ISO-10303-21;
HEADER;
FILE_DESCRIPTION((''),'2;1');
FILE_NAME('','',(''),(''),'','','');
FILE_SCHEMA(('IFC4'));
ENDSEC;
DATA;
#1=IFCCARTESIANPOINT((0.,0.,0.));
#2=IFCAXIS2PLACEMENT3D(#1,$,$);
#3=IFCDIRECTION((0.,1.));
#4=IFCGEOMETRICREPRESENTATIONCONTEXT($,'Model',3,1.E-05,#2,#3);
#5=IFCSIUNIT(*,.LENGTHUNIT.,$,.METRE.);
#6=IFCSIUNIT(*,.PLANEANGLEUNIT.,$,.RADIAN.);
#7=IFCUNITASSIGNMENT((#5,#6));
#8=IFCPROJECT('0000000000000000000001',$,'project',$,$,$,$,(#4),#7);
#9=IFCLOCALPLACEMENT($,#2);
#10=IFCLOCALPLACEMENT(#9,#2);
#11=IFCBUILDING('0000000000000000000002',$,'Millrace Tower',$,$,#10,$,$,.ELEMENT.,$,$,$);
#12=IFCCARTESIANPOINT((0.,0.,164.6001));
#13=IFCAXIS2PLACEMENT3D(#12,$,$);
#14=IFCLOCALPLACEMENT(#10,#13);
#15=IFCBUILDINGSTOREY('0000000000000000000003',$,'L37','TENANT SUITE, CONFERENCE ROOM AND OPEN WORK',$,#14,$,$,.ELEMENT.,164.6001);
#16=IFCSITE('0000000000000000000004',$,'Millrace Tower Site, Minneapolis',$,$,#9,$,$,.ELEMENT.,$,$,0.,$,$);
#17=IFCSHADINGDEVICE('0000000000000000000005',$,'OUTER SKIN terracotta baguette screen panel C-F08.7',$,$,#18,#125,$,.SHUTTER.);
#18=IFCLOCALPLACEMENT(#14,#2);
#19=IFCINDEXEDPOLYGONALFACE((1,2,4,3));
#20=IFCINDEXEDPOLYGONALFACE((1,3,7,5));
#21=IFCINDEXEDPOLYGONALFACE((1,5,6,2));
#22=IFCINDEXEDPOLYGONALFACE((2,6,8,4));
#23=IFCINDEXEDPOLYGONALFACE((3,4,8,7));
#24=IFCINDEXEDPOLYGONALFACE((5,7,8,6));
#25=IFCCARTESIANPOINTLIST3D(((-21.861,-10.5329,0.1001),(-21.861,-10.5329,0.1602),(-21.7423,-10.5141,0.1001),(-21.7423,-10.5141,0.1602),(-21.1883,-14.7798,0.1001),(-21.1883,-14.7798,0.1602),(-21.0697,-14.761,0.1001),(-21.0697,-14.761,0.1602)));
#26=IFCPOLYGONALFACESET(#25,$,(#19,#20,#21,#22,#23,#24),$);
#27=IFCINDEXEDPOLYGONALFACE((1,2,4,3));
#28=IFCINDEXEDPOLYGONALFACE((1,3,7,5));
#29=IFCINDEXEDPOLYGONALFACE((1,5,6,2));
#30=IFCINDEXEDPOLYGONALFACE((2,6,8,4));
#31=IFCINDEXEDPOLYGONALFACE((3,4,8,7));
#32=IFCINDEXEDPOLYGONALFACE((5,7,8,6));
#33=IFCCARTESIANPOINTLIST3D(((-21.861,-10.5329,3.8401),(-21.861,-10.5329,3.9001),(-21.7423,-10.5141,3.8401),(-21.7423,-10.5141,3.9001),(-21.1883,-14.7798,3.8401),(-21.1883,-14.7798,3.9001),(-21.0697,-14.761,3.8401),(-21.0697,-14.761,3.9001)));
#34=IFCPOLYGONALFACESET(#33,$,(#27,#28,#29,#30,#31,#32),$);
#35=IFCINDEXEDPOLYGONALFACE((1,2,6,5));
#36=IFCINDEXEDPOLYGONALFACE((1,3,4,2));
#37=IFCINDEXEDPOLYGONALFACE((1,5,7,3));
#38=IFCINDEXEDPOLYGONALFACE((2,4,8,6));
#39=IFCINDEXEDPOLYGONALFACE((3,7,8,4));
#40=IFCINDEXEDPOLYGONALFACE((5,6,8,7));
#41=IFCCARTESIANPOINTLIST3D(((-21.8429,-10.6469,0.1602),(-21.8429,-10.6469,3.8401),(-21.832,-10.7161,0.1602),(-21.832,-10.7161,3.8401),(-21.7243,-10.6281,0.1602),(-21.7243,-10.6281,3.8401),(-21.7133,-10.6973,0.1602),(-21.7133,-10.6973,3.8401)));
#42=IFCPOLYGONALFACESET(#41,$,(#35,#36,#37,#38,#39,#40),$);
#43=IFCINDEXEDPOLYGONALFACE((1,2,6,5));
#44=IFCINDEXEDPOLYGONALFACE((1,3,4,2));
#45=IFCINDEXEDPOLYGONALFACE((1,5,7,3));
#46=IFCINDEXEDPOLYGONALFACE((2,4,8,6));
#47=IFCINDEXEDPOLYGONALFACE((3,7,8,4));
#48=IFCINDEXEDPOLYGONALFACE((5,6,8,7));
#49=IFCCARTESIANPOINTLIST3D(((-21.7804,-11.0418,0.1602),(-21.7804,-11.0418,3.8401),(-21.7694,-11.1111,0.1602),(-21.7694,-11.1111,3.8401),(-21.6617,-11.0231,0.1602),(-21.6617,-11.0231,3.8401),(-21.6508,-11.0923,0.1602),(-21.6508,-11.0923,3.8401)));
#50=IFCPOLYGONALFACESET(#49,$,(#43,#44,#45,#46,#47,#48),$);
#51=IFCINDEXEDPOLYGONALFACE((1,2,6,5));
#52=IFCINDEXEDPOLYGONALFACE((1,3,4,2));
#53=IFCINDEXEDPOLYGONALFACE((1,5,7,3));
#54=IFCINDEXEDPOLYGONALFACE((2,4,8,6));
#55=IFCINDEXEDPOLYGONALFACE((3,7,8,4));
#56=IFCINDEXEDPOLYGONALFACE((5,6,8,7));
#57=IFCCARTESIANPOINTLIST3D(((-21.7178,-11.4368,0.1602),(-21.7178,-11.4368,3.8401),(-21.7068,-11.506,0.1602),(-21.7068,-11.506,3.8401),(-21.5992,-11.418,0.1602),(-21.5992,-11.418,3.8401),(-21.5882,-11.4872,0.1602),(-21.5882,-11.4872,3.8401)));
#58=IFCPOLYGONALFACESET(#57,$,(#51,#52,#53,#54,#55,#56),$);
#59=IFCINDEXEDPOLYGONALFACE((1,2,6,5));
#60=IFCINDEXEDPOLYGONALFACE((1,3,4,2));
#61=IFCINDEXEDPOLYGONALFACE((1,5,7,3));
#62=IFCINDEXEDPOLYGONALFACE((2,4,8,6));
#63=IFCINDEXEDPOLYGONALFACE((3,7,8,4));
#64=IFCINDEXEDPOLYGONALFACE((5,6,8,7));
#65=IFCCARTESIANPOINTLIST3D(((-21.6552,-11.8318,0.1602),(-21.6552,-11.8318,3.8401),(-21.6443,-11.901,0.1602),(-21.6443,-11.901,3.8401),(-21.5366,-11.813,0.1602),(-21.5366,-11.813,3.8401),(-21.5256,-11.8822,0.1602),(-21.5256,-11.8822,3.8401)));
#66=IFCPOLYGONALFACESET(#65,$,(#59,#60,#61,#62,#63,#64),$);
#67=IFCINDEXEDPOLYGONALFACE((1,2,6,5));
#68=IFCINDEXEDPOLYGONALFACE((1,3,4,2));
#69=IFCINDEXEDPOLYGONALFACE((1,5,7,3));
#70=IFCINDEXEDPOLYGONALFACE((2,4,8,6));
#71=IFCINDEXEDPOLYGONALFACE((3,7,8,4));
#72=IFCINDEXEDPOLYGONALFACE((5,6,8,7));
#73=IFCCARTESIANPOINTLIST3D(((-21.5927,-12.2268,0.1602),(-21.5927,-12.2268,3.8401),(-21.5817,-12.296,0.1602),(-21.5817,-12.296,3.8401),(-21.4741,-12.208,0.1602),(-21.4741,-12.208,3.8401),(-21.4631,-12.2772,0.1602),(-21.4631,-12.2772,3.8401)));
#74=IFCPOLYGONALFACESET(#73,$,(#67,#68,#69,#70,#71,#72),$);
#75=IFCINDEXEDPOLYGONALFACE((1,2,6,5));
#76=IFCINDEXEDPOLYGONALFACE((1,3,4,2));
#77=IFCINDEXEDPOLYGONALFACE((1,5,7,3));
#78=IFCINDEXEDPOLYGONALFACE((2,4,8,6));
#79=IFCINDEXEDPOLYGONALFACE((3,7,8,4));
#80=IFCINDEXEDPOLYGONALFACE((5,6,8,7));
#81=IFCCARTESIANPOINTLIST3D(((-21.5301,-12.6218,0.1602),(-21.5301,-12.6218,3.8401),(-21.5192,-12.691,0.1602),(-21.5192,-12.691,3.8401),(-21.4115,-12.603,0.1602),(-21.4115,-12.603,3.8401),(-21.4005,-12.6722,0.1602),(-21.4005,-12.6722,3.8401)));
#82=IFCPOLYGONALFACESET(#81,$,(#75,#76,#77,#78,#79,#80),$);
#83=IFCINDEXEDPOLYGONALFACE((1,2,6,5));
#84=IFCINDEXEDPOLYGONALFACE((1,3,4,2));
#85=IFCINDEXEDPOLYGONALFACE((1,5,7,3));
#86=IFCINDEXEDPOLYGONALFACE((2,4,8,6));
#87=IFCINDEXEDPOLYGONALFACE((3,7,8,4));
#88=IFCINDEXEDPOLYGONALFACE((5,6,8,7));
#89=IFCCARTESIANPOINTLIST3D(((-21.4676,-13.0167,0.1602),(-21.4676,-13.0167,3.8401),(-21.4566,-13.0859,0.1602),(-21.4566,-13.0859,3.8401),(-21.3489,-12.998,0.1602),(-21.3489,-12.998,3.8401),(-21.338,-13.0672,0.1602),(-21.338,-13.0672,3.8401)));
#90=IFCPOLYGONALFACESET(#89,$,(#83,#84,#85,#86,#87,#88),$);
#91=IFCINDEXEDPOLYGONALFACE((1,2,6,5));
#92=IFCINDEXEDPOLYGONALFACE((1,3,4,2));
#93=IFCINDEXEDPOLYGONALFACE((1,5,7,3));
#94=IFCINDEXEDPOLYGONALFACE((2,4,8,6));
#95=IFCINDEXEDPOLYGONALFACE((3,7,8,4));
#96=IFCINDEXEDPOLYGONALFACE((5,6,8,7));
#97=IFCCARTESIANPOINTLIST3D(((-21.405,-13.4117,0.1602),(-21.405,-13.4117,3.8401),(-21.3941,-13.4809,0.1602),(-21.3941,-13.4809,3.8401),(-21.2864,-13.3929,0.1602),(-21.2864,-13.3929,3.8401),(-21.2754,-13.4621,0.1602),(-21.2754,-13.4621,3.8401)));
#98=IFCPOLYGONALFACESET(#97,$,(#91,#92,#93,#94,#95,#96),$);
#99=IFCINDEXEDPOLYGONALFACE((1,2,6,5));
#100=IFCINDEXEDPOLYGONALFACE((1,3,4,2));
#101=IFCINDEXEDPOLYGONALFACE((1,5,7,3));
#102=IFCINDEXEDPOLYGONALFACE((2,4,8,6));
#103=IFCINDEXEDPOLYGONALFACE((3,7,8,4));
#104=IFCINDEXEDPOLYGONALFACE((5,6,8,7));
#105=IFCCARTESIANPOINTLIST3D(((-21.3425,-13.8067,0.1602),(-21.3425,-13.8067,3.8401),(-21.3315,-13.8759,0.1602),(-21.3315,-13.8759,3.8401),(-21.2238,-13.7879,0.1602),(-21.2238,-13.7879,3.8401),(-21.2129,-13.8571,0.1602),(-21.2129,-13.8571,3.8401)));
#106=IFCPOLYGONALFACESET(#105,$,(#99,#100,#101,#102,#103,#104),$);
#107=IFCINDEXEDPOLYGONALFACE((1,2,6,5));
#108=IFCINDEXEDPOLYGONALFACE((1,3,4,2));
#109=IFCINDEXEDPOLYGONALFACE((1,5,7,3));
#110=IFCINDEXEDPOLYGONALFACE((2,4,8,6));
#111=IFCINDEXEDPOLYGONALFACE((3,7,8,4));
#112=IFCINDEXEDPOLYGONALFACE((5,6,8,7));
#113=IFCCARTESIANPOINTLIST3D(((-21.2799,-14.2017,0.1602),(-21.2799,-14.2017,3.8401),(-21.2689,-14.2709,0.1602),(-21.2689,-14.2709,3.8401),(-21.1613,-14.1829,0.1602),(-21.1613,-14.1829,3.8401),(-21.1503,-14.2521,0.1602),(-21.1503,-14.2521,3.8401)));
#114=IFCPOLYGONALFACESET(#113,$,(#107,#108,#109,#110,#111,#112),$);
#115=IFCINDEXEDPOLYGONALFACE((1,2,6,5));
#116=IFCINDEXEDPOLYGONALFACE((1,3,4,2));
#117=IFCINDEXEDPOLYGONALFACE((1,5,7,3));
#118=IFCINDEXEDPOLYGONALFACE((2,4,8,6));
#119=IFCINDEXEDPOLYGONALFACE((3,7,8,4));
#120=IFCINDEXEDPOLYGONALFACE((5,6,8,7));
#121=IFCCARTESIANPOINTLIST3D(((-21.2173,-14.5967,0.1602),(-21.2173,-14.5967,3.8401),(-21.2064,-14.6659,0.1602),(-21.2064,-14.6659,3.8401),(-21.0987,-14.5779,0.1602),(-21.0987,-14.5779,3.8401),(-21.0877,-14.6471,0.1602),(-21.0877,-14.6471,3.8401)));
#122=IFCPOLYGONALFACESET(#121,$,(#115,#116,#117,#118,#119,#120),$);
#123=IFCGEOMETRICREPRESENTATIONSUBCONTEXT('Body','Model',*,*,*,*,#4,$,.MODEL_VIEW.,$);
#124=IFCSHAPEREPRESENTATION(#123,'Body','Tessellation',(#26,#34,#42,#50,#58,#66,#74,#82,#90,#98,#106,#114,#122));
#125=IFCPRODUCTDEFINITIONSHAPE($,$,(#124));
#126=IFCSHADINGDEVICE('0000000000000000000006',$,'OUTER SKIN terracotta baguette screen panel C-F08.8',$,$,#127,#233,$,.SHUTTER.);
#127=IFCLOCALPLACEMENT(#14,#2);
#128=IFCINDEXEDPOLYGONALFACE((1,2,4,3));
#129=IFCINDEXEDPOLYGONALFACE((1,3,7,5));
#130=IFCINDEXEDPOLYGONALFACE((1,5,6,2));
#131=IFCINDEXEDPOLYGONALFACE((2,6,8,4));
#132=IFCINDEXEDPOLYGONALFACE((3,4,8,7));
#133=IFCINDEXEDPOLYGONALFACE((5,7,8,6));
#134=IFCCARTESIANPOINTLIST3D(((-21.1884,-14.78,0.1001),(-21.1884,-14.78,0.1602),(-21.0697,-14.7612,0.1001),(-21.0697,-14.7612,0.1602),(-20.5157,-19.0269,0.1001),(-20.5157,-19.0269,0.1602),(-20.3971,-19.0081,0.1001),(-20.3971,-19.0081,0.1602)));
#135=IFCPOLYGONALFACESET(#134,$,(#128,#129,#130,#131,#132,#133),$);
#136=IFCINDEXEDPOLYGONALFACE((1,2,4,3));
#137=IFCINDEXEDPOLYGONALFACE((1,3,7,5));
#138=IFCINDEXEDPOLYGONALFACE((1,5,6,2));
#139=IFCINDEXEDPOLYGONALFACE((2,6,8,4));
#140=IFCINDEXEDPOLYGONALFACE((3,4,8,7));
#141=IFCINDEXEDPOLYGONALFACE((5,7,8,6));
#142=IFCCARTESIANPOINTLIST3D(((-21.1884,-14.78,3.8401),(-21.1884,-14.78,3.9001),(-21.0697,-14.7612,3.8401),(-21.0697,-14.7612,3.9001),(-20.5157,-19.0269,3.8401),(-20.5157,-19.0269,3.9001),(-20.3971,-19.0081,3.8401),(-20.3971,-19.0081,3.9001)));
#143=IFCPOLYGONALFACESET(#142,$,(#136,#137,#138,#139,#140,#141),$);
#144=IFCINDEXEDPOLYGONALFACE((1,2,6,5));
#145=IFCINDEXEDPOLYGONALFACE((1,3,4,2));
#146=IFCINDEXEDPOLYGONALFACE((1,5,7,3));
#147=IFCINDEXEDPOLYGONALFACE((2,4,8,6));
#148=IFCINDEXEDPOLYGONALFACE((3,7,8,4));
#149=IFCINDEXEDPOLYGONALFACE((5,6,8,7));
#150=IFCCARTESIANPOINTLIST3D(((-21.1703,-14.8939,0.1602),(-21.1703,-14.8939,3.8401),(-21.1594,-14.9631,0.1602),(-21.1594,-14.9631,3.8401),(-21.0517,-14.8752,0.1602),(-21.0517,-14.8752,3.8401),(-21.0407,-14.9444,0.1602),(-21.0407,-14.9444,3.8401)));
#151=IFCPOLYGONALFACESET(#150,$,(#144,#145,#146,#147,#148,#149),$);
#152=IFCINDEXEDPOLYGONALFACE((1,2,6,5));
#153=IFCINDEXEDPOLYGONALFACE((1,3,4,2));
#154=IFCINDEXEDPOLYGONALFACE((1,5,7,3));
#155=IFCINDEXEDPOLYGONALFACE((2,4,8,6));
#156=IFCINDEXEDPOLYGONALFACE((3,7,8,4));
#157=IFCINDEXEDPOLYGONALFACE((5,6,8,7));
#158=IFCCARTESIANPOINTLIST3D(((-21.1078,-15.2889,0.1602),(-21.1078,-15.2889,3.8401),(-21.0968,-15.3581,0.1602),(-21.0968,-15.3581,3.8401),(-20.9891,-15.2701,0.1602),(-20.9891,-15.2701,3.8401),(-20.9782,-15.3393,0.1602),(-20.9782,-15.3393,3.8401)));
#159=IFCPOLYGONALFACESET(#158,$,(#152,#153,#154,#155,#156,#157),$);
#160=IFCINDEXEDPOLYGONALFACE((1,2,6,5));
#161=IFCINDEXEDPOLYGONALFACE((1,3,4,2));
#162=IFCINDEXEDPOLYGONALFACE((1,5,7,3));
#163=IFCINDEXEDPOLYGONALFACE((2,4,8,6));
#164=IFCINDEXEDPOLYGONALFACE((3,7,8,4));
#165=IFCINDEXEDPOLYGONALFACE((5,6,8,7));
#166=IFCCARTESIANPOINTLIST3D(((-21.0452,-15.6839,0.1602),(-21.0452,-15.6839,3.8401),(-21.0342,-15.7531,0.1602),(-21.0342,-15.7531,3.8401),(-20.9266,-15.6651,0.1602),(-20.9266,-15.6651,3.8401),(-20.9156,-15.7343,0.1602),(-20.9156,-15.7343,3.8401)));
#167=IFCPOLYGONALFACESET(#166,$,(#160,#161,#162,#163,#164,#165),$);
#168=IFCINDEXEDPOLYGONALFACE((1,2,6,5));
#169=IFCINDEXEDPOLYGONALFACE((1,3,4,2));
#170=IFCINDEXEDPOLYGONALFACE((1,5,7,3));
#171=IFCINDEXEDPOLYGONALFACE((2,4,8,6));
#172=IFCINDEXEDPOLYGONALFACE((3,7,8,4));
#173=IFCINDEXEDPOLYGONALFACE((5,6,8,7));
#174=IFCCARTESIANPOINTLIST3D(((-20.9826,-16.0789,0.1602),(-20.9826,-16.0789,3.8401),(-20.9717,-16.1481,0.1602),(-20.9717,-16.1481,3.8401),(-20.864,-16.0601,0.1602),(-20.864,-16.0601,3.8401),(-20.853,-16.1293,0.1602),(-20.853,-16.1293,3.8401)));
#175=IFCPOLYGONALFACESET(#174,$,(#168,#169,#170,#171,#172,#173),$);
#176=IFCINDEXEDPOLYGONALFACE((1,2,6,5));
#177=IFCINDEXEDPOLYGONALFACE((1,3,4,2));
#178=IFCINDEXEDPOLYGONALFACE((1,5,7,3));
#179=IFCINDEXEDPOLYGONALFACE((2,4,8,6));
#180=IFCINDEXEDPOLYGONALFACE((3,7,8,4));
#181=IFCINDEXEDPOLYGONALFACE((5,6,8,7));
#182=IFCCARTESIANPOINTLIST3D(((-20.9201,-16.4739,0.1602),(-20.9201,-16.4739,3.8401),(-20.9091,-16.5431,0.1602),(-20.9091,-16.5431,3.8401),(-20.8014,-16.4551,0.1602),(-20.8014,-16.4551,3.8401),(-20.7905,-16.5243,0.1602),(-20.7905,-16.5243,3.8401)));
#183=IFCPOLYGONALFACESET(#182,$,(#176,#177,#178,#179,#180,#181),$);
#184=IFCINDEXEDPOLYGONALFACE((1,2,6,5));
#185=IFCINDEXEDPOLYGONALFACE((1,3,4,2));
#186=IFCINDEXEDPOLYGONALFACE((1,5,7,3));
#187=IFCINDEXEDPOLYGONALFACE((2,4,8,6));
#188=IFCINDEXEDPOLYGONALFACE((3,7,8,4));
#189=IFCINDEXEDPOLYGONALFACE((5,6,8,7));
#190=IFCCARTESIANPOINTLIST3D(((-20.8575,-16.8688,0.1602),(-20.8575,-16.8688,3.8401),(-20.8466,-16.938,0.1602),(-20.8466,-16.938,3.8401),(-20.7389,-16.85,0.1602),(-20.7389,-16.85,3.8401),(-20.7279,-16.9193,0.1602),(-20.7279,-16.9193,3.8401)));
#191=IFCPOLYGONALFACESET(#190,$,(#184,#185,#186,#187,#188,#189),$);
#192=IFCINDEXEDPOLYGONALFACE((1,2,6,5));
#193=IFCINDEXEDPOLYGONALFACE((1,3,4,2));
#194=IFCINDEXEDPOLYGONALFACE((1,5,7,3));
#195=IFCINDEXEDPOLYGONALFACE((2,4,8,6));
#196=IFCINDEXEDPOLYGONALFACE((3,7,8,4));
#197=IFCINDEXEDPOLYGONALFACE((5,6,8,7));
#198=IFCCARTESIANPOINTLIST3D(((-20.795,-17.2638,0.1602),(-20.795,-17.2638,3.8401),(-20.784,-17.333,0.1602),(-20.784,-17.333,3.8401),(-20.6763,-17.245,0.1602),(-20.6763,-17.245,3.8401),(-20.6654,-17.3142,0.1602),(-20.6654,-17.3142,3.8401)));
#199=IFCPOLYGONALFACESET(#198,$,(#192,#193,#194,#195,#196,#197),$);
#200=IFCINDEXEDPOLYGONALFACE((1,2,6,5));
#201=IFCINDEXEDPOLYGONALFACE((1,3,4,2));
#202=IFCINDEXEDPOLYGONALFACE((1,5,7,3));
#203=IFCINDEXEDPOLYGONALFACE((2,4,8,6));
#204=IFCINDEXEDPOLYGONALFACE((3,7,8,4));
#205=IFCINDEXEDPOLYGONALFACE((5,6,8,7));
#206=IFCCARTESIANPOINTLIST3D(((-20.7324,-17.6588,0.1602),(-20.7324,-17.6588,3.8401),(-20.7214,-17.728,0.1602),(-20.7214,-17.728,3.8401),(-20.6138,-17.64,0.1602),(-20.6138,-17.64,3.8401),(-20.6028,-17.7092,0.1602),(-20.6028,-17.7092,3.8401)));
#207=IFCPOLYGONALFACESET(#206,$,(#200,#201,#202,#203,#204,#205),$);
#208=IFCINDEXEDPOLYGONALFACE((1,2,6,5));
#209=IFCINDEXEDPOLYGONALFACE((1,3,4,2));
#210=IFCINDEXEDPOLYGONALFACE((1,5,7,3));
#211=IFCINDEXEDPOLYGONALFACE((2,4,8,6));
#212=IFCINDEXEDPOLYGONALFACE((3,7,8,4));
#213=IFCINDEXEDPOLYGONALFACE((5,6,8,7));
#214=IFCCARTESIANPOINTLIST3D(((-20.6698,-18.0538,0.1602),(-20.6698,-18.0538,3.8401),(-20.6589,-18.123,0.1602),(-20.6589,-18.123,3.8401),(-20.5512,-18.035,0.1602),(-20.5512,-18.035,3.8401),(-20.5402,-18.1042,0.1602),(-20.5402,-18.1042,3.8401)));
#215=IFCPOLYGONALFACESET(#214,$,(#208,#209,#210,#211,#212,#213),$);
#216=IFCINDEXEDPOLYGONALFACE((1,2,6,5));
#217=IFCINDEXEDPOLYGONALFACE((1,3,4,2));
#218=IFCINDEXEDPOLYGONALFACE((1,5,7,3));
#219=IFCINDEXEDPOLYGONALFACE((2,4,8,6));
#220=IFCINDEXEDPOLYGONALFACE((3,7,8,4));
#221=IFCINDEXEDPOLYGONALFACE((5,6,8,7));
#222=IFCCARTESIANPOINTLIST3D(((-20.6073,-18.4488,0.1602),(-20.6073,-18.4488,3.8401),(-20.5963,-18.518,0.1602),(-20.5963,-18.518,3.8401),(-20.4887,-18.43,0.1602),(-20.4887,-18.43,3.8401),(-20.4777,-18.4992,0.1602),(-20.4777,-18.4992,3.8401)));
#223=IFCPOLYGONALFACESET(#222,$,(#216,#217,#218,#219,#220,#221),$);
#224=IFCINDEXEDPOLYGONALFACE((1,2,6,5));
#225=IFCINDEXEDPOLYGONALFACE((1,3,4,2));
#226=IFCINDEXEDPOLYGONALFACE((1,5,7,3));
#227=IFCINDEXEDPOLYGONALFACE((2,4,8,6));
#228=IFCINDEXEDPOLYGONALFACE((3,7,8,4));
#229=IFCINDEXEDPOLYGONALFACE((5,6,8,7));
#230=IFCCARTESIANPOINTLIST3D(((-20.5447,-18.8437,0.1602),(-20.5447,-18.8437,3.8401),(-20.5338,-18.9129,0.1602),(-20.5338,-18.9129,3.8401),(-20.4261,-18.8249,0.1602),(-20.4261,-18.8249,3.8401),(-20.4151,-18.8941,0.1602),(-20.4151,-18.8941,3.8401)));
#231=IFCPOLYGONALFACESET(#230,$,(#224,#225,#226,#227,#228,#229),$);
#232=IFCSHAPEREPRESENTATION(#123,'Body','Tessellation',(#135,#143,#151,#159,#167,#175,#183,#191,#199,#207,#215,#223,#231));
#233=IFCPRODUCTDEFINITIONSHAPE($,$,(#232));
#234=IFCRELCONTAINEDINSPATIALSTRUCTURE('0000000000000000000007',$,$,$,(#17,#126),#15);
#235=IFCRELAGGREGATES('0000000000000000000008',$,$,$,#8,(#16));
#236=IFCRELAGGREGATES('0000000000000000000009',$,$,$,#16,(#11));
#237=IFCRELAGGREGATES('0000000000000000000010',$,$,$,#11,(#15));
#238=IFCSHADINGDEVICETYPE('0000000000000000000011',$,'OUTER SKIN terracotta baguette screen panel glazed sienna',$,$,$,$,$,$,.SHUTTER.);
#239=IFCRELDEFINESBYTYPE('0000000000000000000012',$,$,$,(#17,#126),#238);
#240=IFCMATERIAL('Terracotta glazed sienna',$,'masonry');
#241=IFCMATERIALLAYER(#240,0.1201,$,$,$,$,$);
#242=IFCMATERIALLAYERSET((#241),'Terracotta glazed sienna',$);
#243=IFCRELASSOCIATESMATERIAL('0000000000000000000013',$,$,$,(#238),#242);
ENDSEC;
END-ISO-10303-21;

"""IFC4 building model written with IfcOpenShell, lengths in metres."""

from ifc_helpers import new_model, entity, si_unit, direction, frame, frame_2d, origin, origin_2d, place, context, subcontext, project, spatial, rectangle, extrude, source, transform, mapped, material, layer, layer_set, type_object, element, save


model = new_model("IFC4")

# Units and contexts
model_context = context("Model", 3, precision=1e-05, world=origin(), true_north=direction((0.0, 1.0)))
body_context = subcontext(model_context, "Body", "Model", "MODEL_VIEW")
ifc_project = project(units=[si_unit("LENGTHUNIT", "METRE"), si_unit("PLANEANGLEUNIT", "RADIAN")], contexts=[model_context])

# Site, building, storey
site_placement = place(None, origin())
site = spatial("IfcSite", under=ifc_project, at=site_placement, Name="Millrace Tower Site, Minneapolis", CompositionType="ELEMENT", RefElevation=0.0)
building_placement = place(site_placement, origin())
building = spatial("IfcBuilding", under=site, at=building_placement, Name="Millrace Tower", CompositionType="ELEMENT")
storey_placement = place(building_placement, frame((0.0, 0.0, 164.6001)))
storey = spatial("IfcBuildingStorey", under=building, at=storey_placement, Name="L37", Description="TENANT SUITE, CONFERENCE ROOM AND OPEN WORK", CompositionType="ELEMENT", Elevation=164.6001)

# Shading devices
ifc_material_1 = material(Name="Terracotta glazed sienna", Category="masonry")
ifc_layer_1 = layer(ifc_material_1, 0.1201)
ifc_layer_set_1 = layer_set([ifc_layer_1], Name="Terracotta glazed sienna")
shading_device_type = type_object("IfcShadingDeviceType", Name="OUTER SKIN terracotta baguette screen panel glazed sienna", PredefinedType="SHUTTER", material=ifc_layer_set_1)
cartesian_point = entity("IfcCartesianPoint", [-2.1499, 0.0601])
shared_polyline = entity("IfcPolyline", [cartesian_point, entity("IfcCartesianPoint", [2.1499, 0.0601]), entity("IfcCartesianPoint", [2.1499, -0.0601]), entity("IfcCartesianPoint", [-2.1499, -0.0601]), cartesian_point])
shared_shape = source(origin(), body_context, "Body", "SweptSolid", [
    entity("IfcExtrudedAreaSolid", entity("IfcArbitraryClosedProfileDef", "AREA", None, shared_polyline), entity("IfcAxis2Placement3D", entity("IfcCartesianPoint", [0.0, 0.0, 0.0])), entity("IfcDirection", [0.0, 0.0, 1.0]), 0.0601),
    entity("IfcExtrudedAreaSolid", entity("IfcArbitraryClosedProfileDef", "AREA", None, shared_polyline), entity("IfcAxis2Placement3D", entity("IfcCartesianPoint", [0.0, 0.0, 3.74])), entity("IfcDirection", [0.0, 0.0, 1.0]), 0.0601),
    extrude(rectangle(XDim=0.0701, YDim=0.1201, at=frame_2d((-1.9995, 0.0))), frame((0.0, 0.0, 0.0601)), (0.0, 0.0, 1.0), 3.6799),
    extrude(rectangle(XDim=0.0701, YDim=0.1201, at=frame_2d((-1.5996, 0.0))), frame((0.0, 0.0, 0.0601)), (0.0, 0.0, 1.0), 3.6799),
    extrude(rectangle(XDim=0.0701, YDim=0.1201, at=frame_2d((-1.1997, 0.0))), frame((0.0, 0.0, 0.0601)), (0.0, 0.0, 1.0), 3.6799),
    extrude(rectangle(XDim=0.0701, YDim=0.1201, at=frame_2d((-0.7998, 0.0))), frame((0.0, 0.0, 0.0601)), (0.0, 0.0, 1.0), 3.6799),
    extrude(rectangle(XDim=0.0701, YDim=0.1201, at=frame_2d((-0.3999, 0.0))), frame((0.0, 0.0, 0.0601)), (0.0, 0.0, 1.0), 3.6799),
    extrude(rectangle(XDim=0.0701, YDim=0.1201, at=origin_2d()), frame((0.0, 0.0, 0.0601)), (0.0, 0.0, 1.0), 3.6799),
    extrude(rectangle(XDim=0.0701, YDim=0.1201, at=frame_2d((0.3999, 0.0))), frame((0.0, 0.0, 0.0601)), (0.0, 0.0, 1.0), 3.6799),
    extrude(rectangle(XDim=0.0701, YDim=0.1201, at=frame_2d((0.7998, 0.0))), frame((0.0, 0.0, 0.0601)), (0.0, 0.0, 1.0), 3.6799),
    extrude(rectangle(XDim=0.0701, YDim=0.1201, at=frame_2d((1.1997, 0.0))), frame((0.0, 0.0, 0.0601)), (0.0, 0.0, 1.0), 3.6799),
    extrude(rectangle(XDim=0.0701, YDim=0.1201, at=frame_2d((1.5996, 0.0))), frame((0.0, 0.0, 0.0601)), (0.0, 0.0, 1.0), 3.6799),
    extrude(rectangle(XDim=0.0701, YDim=0.1201, at=frame_2d((1.9995, 0.0))), frame((0.0, 0.0, 0.0601)), (0.0, 0.0, 1.0), 3.6799),
])
for number, where, z_axis, x_axis, name in (
    (1, (-21.4653, -12.647, 0.1001), (0.0, 0.0, 1.0), (0.156434, -0.987688, 0.0), "OUTER SKIN terracotta baguette screen panel C-F08.7"),
    (2, (-20.7927, -16.894, 0.1001), (0.0, 0.0, 1.0), (0.156434, -0.987688, 0.0), "OUTER SKIN terracotta baguette screen panel C-F08.8"),
):
    element("IfcShadingDevice", number, at=place(storey_placement, frame(where, z_axis=z_axis, x_axis=x_axis)), inside=storey, type_object=shading_device_type, Name=name, PredefinedType="SHUTTER", context=body_context, shape_type="MappedRepresentation", body=[
        mapped(shared_shape, transform((0.0, 0.0, 0.0), scale=1.0)),
    ])

save(model, "model.ifc")
